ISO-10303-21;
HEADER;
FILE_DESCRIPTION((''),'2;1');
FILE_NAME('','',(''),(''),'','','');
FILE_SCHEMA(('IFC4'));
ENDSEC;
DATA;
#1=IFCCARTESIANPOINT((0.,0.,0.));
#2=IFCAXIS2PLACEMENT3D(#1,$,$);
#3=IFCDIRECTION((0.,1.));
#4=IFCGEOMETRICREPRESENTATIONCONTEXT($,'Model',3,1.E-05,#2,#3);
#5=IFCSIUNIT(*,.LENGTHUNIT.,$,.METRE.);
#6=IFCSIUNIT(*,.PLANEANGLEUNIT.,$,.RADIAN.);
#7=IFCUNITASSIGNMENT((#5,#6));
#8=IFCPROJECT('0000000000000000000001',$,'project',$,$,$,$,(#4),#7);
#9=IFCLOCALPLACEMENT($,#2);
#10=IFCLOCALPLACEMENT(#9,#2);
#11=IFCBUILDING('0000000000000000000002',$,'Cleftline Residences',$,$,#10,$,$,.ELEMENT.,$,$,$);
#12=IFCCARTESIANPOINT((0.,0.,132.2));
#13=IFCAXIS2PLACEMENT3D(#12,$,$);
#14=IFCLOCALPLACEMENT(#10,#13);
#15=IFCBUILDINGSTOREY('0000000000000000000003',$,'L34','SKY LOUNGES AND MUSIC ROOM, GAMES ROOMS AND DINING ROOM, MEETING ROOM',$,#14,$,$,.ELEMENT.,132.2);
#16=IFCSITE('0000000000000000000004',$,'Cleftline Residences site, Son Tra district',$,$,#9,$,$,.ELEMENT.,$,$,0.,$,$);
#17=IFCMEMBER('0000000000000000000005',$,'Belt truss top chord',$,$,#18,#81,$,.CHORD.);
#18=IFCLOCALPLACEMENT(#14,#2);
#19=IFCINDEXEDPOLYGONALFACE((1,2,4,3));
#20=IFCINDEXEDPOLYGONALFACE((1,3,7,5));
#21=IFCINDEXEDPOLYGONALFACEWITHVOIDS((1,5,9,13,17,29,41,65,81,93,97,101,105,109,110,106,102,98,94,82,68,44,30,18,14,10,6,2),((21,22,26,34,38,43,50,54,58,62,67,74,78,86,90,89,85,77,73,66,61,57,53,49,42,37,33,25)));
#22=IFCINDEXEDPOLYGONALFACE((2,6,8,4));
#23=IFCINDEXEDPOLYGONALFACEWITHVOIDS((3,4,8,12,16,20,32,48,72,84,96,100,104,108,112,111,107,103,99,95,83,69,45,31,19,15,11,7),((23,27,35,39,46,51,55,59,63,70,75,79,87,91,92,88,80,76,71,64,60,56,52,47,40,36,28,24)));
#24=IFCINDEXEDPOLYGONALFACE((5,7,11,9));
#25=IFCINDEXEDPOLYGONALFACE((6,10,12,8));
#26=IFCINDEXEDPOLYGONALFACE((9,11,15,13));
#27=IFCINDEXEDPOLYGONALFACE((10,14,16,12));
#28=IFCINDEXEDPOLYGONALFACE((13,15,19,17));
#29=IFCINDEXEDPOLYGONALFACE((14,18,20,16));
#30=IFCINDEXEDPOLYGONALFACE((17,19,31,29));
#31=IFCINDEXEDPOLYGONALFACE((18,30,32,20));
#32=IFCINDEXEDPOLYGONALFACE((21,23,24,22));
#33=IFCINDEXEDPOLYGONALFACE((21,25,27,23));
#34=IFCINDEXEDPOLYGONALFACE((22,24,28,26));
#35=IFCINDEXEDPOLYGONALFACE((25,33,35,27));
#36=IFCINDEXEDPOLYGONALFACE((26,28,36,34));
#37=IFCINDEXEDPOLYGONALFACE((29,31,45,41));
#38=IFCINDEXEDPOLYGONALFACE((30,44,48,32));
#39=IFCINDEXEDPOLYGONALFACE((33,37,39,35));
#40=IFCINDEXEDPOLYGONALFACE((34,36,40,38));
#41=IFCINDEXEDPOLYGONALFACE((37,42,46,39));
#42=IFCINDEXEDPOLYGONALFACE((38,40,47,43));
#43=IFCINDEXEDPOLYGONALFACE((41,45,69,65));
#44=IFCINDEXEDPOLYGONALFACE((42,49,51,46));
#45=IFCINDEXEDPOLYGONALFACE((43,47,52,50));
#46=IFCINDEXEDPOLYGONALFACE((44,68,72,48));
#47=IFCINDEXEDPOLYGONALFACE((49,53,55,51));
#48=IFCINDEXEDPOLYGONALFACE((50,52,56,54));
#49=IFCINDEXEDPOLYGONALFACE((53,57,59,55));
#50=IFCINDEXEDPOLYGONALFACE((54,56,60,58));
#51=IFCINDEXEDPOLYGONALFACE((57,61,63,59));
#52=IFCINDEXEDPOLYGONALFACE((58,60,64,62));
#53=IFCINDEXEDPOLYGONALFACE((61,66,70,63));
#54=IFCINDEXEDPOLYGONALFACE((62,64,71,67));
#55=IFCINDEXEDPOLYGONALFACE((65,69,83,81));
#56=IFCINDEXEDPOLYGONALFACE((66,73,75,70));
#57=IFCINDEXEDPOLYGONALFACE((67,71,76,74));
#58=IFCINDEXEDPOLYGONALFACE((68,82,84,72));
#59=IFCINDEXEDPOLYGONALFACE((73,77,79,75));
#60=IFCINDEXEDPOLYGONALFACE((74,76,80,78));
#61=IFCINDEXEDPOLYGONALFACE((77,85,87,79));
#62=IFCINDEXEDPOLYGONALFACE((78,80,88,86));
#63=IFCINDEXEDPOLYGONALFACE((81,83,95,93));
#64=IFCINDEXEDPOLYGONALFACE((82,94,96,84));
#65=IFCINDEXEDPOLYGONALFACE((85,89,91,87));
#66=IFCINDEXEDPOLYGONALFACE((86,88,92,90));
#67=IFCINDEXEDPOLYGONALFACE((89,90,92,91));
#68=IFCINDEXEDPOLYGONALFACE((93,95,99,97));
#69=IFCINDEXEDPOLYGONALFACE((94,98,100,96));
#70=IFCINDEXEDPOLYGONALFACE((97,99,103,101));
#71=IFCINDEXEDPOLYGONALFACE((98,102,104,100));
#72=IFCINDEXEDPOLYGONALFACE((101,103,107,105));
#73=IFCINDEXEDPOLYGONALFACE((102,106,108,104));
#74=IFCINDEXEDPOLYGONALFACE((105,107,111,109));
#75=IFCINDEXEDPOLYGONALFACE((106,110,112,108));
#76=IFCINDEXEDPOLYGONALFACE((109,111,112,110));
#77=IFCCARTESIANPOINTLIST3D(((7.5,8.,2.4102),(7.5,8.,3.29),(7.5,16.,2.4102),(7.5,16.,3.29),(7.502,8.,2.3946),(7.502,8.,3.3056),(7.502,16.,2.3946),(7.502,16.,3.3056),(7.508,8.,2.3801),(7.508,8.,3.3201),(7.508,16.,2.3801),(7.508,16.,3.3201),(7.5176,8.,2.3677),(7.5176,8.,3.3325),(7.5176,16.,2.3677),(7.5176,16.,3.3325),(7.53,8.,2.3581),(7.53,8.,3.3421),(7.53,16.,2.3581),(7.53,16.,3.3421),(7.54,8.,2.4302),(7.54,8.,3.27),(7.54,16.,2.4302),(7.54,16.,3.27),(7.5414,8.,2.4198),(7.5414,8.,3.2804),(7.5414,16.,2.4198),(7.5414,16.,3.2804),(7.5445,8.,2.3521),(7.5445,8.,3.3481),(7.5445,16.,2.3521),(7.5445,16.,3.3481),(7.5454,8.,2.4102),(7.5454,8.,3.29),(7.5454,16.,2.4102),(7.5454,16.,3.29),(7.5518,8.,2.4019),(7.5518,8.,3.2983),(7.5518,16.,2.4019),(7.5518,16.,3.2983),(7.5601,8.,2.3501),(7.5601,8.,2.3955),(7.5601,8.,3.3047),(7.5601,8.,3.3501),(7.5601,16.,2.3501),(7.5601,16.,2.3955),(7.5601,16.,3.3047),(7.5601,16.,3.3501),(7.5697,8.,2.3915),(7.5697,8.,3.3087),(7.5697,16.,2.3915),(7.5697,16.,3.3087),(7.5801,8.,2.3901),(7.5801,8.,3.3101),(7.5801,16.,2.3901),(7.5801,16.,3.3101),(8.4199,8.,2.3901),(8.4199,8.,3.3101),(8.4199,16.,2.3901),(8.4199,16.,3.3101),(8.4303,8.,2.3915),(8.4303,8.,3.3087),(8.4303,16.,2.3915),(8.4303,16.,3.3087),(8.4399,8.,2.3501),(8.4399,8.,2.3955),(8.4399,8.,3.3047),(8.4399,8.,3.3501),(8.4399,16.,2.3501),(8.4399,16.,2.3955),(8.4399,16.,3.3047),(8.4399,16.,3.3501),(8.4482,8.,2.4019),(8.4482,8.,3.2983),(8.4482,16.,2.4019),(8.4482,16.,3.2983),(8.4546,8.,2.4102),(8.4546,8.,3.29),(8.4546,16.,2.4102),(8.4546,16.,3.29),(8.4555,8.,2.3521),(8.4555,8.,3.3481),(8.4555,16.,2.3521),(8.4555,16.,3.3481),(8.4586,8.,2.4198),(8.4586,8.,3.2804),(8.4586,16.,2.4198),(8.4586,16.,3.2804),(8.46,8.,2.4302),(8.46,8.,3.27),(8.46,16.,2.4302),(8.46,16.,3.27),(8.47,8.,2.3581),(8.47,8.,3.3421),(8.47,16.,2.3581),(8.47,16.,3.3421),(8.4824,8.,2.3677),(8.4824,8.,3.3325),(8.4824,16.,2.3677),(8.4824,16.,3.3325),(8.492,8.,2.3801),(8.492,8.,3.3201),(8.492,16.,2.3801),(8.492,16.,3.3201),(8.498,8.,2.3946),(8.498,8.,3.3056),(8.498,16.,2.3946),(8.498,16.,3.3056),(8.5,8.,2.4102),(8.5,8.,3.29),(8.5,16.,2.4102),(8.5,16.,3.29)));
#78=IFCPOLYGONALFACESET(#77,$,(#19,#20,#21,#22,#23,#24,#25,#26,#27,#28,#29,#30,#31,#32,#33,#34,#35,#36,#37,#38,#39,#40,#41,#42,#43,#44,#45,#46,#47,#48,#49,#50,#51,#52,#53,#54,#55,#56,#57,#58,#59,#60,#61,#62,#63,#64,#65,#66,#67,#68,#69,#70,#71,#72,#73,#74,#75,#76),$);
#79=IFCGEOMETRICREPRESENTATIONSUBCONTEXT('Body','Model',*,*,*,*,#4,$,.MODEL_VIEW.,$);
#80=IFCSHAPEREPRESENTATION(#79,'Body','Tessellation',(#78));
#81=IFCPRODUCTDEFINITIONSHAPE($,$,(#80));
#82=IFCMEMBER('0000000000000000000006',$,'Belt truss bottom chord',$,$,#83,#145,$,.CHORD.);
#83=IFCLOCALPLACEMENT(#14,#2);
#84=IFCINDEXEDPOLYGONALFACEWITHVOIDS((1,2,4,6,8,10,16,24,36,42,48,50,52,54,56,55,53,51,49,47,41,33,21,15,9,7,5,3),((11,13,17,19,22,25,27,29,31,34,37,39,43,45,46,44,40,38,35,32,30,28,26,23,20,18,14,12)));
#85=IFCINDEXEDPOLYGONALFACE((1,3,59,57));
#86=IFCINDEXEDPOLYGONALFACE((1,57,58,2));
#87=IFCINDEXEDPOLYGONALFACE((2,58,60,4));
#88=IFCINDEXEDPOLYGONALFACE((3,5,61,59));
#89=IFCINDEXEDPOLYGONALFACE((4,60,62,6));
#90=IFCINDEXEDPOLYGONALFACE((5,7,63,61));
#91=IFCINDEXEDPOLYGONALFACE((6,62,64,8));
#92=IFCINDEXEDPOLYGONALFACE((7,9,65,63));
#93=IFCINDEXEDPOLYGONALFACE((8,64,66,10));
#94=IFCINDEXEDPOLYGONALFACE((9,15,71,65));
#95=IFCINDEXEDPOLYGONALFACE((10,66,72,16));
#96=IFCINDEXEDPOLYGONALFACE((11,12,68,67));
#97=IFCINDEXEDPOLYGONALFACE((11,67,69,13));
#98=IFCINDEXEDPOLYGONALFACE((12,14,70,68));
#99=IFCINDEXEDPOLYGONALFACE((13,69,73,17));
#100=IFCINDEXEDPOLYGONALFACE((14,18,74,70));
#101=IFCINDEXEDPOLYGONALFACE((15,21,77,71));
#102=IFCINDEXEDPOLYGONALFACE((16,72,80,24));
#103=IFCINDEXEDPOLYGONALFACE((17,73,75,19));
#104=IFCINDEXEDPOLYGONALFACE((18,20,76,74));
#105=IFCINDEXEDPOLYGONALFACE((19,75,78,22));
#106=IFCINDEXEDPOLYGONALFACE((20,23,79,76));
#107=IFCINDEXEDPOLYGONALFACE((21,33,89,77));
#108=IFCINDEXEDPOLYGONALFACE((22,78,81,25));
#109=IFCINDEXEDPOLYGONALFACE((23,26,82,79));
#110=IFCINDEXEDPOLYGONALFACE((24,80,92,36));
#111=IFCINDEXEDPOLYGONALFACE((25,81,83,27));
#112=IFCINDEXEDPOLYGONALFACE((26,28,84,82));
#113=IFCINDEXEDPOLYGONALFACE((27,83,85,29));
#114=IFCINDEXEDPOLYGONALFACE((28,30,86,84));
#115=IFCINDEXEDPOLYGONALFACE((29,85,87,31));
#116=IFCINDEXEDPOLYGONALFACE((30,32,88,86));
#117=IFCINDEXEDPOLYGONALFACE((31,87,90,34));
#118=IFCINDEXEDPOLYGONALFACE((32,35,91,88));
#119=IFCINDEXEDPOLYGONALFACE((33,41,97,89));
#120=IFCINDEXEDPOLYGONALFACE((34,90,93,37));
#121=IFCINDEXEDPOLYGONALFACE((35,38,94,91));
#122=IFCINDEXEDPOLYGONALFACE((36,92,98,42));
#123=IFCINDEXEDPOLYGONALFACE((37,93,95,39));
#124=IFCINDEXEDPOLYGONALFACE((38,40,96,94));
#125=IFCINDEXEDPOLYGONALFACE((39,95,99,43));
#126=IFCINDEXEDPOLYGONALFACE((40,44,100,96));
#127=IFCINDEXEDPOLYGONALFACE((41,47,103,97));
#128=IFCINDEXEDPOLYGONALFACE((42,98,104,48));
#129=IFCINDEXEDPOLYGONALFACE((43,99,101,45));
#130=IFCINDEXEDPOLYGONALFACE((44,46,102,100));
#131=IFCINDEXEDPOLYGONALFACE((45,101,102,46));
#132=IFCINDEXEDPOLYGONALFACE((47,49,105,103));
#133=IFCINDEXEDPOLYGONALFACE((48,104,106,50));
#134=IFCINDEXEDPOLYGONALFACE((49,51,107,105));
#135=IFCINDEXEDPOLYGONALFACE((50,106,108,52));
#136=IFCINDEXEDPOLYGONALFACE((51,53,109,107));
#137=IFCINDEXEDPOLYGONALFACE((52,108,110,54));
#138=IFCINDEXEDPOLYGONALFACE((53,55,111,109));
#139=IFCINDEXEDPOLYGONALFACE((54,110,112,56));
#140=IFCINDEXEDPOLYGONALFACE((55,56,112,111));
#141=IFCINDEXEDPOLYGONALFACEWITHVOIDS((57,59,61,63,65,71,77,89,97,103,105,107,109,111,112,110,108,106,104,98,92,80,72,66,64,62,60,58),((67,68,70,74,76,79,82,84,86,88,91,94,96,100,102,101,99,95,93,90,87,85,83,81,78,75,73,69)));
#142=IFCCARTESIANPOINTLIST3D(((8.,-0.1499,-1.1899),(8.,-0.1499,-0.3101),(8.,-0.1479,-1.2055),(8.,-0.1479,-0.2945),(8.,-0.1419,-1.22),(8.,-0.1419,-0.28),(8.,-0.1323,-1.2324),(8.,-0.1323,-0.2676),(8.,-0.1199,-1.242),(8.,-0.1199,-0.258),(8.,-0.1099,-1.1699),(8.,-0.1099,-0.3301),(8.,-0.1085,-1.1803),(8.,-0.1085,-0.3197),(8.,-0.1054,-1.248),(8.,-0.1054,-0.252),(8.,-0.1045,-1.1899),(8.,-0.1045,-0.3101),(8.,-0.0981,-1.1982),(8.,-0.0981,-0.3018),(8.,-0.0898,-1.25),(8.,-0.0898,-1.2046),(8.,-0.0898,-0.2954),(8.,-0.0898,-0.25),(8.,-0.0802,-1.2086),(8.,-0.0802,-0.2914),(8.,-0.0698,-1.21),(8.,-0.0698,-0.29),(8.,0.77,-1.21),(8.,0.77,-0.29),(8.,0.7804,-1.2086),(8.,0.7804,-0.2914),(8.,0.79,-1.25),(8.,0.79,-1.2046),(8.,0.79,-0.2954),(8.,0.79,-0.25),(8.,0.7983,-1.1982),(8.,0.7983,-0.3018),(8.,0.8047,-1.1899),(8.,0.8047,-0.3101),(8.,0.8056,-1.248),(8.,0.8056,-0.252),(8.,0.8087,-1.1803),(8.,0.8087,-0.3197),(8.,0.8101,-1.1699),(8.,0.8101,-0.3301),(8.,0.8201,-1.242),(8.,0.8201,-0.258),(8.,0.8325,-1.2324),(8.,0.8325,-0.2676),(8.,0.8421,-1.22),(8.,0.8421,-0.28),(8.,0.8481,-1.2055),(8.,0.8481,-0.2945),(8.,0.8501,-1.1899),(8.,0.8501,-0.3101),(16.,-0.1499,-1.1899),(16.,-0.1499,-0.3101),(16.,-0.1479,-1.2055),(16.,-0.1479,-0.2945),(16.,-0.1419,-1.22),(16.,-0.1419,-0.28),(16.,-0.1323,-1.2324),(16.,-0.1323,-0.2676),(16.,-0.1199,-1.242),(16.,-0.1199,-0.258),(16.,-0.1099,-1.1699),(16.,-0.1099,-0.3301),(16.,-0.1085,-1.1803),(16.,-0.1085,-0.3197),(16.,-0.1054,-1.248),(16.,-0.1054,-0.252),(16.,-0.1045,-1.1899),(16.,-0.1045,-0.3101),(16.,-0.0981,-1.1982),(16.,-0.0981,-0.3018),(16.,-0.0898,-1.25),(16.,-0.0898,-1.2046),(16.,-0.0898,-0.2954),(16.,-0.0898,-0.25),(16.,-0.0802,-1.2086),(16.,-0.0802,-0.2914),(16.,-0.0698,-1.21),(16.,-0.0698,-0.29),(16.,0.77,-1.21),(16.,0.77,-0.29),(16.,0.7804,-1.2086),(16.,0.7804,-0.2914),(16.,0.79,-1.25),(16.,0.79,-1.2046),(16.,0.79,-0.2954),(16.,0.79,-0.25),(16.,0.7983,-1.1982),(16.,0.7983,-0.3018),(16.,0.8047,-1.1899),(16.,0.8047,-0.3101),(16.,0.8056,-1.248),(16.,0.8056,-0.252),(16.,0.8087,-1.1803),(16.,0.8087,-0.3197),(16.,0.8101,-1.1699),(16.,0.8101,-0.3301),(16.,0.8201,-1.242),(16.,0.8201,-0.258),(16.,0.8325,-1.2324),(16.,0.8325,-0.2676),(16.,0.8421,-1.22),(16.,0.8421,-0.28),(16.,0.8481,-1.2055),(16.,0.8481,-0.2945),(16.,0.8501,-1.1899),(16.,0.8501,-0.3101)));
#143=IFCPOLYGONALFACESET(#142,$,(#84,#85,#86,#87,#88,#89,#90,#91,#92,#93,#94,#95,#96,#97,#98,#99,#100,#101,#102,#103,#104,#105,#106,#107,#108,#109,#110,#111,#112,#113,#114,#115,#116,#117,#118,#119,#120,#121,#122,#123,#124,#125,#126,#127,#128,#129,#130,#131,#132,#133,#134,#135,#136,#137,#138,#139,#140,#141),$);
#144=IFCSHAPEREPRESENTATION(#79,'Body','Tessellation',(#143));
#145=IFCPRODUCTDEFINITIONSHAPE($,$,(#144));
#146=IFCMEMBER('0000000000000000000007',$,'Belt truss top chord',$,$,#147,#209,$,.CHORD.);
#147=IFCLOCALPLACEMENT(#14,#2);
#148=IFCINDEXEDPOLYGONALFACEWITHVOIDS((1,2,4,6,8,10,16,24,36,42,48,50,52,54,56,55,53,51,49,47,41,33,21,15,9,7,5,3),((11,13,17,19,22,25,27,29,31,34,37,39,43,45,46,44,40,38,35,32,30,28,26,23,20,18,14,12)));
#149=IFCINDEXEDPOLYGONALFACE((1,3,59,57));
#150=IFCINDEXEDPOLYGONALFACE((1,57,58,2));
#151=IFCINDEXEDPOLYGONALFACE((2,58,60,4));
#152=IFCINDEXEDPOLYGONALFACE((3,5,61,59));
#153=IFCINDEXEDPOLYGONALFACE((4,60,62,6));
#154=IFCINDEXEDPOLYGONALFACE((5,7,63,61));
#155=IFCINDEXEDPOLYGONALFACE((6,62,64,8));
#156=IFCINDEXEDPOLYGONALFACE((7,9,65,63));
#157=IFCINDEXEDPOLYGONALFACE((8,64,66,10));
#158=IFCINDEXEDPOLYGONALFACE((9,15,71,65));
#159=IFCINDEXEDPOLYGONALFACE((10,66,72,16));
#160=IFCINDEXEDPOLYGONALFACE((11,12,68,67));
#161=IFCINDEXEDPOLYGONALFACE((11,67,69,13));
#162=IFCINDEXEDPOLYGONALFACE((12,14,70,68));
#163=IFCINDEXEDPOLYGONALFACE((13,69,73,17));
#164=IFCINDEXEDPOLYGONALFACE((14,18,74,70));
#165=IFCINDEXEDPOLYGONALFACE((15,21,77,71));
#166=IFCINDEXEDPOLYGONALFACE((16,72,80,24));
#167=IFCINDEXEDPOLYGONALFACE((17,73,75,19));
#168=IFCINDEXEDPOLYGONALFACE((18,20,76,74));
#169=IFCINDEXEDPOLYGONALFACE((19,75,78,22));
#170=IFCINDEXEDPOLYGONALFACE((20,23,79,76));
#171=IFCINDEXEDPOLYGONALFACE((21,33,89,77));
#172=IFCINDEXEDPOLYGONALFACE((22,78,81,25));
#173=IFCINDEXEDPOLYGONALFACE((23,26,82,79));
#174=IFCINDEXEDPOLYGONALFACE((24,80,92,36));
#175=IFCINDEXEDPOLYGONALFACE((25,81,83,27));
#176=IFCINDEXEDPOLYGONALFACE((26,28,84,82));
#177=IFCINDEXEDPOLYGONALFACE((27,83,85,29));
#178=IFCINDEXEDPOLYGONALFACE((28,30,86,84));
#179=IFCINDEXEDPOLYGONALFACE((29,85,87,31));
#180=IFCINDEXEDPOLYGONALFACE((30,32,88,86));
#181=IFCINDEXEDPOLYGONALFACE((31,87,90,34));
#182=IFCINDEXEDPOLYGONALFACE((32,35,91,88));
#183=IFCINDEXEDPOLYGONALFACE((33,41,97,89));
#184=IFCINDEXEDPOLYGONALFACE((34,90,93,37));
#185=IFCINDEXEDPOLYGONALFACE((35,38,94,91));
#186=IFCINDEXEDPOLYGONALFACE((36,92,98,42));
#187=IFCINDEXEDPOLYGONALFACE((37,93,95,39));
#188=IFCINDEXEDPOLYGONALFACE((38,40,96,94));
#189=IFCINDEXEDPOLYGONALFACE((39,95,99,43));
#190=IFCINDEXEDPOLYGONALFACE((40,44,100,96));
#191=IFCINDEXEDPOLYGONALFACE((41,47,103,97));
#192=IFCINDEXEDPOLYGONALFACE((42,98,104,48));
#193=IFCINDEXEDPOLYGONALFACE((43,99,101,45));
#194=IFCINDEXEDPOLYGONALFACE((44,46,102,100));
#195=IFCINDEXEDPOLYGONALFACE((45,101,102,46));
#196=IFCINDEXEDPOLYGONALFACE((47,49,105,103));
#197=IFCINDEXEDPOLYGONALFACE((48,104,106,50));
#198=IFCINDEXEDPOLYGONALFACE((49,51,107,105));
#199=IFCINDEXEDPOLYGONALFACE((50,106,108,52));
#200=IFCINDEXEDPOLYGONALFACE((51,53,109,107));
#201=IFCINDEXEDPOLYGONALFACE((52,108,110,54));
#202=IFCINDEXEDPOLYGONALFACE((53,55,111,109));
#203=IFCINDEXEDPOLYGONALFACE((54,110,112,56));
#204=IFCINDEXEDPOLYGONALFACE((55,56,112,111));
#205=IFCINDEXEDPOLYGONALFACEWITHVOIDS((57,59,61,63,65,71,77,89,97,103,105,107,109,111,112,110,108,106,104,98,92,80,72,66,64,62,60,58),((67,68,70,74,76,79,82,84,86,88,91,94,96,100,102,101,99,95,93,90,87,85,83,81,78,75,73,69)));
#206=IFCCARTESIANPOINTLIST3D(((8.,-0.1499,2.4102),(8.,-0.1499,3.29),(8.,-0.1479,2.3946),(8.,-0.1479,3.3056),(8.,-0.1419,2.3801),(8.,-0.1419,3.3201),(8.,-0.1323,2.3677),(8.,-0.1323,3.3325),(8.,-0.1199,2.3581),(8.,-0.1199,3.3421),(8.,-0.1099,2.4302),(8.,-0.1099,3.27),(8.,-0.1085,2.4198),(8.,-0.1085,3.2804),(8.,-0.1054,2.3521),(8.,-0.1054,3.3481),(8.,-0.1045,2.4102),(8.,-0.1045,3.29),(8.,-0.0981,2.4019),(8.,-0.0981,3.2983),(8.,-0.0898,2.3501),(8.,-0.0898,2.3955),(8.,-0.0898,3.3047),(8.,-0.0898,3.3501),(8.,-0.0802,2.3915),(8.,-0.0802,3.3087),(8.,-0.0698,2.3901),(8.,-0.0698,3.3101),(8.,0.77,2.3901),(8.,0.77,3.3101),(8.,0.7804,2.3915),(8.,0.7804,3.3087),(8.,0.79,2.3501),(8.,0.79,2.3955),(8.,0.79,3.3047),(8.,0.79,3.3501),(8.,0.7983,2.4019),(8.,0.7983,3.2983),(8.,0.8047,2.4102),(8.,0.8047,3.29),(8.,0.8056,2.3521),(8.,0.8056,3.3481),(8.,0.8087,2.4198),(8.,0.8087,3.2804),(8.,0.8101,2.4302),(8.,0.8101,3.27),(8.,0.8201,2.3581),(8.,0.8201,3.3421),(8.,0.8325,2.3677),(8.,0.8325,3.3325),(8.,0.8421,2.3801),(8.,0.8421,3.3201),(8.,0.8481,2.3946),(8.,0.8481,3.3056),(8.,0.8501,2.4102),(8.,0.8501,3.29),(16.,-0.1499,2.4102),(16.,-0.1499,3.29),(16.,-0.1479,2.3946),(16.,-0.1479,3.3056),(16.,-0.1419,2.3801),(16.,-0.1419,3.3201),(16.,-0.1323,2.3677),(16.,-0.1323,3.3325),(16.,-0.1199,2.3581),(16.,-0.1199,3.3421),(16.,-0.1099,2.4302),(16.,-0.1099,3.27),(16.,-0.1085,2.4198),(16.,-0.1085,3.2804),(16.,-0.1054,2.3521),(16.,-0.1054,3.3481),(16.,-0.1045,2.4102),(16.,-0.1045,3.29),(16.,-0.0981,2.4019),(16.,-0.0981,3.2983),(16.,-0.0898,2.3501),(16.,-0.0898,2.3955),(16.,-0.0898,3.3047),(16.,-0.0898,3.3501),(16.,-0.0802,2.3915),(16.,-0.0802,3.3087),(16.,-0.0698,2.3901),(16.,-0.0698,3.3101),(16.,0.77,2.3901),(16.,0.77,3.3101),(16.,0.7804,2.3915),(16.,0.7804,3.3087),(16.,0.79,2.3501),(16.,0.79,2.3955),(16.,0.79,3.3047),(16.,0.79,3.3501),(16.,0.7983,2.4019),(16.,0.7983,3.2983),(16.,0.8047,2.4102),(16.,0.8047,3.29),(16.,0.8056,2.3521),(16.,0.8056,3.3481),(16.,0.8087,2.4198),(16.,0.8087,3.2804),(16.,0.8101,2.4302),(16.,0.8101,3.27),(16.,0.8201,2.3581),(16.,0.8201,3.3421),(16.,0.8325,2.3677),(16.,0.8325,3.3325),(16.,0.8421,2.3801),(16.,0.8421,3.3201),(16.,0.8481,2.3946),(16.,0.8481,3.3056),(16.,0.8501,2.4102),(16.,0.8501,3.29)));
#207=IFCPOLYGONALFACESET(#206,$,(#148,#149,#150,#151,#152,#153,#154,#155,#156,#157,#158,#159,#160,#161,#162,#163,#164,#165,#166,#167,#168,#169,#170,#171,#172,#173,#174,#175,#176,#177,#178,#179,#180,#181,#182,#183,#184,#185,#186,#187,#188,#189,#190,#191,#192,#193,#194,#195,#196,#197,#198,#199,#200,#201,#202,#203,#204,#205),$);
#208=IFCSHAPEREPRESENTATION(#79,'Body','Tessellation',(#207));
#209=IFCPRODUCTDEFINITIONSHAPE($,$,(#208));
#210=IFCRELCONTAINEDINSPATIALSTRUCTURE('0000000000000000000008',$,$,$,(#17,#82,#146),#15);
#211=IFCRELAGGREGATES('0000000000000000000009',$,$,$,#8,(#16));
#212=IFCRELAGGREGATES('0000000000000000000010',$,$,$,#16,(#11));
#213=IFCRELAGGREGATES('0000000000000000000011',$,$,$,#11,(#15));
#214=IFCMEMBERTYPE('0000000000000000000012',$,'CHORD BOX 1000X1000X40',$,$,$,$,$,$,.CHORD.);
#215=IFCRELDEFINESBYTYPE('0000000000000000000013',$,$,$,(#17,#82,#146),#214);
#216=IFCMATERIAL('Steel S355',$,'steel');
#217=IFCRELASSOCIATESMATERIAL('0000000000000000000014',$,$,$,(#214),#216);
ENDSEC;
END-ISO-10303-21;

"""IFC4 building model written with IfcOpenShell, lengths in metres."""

from ifc_helpers import new_model, si_unit, direction, frame, origin, origin_2d, place, context, subcontext, project, spatial, hollow_rectangle, extrude, material, material_profile, profile_set, type_object, element, save


model = new_model("IFC4")

# Units and contexts
model_context = context("Model", 3, precision=1e-05, world=origin(), true_north=direction((0.0, 1.0)))
body_context = subcontext(model_context, "Body", "Model", "MODEL_VIEW")
ifc_project = project(units=[si_unit("LENGTHUNIT", "METRE"), si_unit("PLANEANGLEUNIT", "RADIAN")], contexts=[model_context])

# Site, building, storey
site_placement = place(None, origin())
site = spatial("IfcSite", under=ifc_project, at=site_placement, Name="Cleftline Residences site, Son Tra district", CompositionType="ELEMENT", RefElevation=0.0)
building_placement = place(site_placement, origin())
building = spatial("IfcBuilding", under=site, at=building_placement, Name="Cleftline Residences", CompositionType="ELEMENT")
storey_placement = place(building_placement, frame((0.0, 0.0, 132.2)))
storey = spatial("IfcBuildingStorey", under=building, at=storey_placement, Name="L34", Description="SKY LOUNGES AND MUSIC ROOM, GAMES ROOMS AND DINING ROOM, MEETING ROOM", CompositionType="ELEMENT", Elevation=132.2)

# Members
ifc_material_1 = material(Name="Steel S355", Category="steel")
ifc_material_profile_1 = material_profile(ifc_material_1, hollow_rectangle(XDim=1.0, YDim=1.0, WallThickness=0.04, InnerFilletRadius=0.04, OuterFilletRadius=0.0601, at=origin_2d()))
ifc_profile_set_1 = profile_set([ifc_material_profile_1], Name="Steel S355")
member_type_1 = type_object("IfcMemberType", Name="CHORD BOX 1000X1000X40", PredefinedType="CHORD", material=ifc_profile_set_1)
for number, where, z_axis, x_axis, name in (
    (1, (8.0, 8.0, 2.8501), (0.0, 1.0, 0.0), (-1.0, 0.0, 0.0), "Belt truss top chord"),
    (2, (8.0, 0.3501, -0.75), (1.0, 0.0, 0.0), (0.0, 1.0, 0.0), "Belt truss bottom chord"),
    (3, (8.0, 0.3501, 2.8501), (1.0, 0.0, 0.0), (0.0, 1.0, 0.0), "Belt truss top chord"),
):
    element("IfcMember", number, at=place(storey_placement, frame(where, z_axis=z_axis, x_axis=x_axis)), inside=storey, type_object=member_type_1, Name=name, PredefinedType="CHORD", context=body_context, shape_type="SweptSolid", body=[
        extrude(hollow_rectangle(XDim=1.0, YDim=1.0, WallThickness=0.04, InnerFilletRadius=0.04, OuterFilletRadius=0.0601, at=origin_2d()), origin(), (0.0, 0.0, 1.0), 8.0),
    ])

save(model, "model.ifc")
